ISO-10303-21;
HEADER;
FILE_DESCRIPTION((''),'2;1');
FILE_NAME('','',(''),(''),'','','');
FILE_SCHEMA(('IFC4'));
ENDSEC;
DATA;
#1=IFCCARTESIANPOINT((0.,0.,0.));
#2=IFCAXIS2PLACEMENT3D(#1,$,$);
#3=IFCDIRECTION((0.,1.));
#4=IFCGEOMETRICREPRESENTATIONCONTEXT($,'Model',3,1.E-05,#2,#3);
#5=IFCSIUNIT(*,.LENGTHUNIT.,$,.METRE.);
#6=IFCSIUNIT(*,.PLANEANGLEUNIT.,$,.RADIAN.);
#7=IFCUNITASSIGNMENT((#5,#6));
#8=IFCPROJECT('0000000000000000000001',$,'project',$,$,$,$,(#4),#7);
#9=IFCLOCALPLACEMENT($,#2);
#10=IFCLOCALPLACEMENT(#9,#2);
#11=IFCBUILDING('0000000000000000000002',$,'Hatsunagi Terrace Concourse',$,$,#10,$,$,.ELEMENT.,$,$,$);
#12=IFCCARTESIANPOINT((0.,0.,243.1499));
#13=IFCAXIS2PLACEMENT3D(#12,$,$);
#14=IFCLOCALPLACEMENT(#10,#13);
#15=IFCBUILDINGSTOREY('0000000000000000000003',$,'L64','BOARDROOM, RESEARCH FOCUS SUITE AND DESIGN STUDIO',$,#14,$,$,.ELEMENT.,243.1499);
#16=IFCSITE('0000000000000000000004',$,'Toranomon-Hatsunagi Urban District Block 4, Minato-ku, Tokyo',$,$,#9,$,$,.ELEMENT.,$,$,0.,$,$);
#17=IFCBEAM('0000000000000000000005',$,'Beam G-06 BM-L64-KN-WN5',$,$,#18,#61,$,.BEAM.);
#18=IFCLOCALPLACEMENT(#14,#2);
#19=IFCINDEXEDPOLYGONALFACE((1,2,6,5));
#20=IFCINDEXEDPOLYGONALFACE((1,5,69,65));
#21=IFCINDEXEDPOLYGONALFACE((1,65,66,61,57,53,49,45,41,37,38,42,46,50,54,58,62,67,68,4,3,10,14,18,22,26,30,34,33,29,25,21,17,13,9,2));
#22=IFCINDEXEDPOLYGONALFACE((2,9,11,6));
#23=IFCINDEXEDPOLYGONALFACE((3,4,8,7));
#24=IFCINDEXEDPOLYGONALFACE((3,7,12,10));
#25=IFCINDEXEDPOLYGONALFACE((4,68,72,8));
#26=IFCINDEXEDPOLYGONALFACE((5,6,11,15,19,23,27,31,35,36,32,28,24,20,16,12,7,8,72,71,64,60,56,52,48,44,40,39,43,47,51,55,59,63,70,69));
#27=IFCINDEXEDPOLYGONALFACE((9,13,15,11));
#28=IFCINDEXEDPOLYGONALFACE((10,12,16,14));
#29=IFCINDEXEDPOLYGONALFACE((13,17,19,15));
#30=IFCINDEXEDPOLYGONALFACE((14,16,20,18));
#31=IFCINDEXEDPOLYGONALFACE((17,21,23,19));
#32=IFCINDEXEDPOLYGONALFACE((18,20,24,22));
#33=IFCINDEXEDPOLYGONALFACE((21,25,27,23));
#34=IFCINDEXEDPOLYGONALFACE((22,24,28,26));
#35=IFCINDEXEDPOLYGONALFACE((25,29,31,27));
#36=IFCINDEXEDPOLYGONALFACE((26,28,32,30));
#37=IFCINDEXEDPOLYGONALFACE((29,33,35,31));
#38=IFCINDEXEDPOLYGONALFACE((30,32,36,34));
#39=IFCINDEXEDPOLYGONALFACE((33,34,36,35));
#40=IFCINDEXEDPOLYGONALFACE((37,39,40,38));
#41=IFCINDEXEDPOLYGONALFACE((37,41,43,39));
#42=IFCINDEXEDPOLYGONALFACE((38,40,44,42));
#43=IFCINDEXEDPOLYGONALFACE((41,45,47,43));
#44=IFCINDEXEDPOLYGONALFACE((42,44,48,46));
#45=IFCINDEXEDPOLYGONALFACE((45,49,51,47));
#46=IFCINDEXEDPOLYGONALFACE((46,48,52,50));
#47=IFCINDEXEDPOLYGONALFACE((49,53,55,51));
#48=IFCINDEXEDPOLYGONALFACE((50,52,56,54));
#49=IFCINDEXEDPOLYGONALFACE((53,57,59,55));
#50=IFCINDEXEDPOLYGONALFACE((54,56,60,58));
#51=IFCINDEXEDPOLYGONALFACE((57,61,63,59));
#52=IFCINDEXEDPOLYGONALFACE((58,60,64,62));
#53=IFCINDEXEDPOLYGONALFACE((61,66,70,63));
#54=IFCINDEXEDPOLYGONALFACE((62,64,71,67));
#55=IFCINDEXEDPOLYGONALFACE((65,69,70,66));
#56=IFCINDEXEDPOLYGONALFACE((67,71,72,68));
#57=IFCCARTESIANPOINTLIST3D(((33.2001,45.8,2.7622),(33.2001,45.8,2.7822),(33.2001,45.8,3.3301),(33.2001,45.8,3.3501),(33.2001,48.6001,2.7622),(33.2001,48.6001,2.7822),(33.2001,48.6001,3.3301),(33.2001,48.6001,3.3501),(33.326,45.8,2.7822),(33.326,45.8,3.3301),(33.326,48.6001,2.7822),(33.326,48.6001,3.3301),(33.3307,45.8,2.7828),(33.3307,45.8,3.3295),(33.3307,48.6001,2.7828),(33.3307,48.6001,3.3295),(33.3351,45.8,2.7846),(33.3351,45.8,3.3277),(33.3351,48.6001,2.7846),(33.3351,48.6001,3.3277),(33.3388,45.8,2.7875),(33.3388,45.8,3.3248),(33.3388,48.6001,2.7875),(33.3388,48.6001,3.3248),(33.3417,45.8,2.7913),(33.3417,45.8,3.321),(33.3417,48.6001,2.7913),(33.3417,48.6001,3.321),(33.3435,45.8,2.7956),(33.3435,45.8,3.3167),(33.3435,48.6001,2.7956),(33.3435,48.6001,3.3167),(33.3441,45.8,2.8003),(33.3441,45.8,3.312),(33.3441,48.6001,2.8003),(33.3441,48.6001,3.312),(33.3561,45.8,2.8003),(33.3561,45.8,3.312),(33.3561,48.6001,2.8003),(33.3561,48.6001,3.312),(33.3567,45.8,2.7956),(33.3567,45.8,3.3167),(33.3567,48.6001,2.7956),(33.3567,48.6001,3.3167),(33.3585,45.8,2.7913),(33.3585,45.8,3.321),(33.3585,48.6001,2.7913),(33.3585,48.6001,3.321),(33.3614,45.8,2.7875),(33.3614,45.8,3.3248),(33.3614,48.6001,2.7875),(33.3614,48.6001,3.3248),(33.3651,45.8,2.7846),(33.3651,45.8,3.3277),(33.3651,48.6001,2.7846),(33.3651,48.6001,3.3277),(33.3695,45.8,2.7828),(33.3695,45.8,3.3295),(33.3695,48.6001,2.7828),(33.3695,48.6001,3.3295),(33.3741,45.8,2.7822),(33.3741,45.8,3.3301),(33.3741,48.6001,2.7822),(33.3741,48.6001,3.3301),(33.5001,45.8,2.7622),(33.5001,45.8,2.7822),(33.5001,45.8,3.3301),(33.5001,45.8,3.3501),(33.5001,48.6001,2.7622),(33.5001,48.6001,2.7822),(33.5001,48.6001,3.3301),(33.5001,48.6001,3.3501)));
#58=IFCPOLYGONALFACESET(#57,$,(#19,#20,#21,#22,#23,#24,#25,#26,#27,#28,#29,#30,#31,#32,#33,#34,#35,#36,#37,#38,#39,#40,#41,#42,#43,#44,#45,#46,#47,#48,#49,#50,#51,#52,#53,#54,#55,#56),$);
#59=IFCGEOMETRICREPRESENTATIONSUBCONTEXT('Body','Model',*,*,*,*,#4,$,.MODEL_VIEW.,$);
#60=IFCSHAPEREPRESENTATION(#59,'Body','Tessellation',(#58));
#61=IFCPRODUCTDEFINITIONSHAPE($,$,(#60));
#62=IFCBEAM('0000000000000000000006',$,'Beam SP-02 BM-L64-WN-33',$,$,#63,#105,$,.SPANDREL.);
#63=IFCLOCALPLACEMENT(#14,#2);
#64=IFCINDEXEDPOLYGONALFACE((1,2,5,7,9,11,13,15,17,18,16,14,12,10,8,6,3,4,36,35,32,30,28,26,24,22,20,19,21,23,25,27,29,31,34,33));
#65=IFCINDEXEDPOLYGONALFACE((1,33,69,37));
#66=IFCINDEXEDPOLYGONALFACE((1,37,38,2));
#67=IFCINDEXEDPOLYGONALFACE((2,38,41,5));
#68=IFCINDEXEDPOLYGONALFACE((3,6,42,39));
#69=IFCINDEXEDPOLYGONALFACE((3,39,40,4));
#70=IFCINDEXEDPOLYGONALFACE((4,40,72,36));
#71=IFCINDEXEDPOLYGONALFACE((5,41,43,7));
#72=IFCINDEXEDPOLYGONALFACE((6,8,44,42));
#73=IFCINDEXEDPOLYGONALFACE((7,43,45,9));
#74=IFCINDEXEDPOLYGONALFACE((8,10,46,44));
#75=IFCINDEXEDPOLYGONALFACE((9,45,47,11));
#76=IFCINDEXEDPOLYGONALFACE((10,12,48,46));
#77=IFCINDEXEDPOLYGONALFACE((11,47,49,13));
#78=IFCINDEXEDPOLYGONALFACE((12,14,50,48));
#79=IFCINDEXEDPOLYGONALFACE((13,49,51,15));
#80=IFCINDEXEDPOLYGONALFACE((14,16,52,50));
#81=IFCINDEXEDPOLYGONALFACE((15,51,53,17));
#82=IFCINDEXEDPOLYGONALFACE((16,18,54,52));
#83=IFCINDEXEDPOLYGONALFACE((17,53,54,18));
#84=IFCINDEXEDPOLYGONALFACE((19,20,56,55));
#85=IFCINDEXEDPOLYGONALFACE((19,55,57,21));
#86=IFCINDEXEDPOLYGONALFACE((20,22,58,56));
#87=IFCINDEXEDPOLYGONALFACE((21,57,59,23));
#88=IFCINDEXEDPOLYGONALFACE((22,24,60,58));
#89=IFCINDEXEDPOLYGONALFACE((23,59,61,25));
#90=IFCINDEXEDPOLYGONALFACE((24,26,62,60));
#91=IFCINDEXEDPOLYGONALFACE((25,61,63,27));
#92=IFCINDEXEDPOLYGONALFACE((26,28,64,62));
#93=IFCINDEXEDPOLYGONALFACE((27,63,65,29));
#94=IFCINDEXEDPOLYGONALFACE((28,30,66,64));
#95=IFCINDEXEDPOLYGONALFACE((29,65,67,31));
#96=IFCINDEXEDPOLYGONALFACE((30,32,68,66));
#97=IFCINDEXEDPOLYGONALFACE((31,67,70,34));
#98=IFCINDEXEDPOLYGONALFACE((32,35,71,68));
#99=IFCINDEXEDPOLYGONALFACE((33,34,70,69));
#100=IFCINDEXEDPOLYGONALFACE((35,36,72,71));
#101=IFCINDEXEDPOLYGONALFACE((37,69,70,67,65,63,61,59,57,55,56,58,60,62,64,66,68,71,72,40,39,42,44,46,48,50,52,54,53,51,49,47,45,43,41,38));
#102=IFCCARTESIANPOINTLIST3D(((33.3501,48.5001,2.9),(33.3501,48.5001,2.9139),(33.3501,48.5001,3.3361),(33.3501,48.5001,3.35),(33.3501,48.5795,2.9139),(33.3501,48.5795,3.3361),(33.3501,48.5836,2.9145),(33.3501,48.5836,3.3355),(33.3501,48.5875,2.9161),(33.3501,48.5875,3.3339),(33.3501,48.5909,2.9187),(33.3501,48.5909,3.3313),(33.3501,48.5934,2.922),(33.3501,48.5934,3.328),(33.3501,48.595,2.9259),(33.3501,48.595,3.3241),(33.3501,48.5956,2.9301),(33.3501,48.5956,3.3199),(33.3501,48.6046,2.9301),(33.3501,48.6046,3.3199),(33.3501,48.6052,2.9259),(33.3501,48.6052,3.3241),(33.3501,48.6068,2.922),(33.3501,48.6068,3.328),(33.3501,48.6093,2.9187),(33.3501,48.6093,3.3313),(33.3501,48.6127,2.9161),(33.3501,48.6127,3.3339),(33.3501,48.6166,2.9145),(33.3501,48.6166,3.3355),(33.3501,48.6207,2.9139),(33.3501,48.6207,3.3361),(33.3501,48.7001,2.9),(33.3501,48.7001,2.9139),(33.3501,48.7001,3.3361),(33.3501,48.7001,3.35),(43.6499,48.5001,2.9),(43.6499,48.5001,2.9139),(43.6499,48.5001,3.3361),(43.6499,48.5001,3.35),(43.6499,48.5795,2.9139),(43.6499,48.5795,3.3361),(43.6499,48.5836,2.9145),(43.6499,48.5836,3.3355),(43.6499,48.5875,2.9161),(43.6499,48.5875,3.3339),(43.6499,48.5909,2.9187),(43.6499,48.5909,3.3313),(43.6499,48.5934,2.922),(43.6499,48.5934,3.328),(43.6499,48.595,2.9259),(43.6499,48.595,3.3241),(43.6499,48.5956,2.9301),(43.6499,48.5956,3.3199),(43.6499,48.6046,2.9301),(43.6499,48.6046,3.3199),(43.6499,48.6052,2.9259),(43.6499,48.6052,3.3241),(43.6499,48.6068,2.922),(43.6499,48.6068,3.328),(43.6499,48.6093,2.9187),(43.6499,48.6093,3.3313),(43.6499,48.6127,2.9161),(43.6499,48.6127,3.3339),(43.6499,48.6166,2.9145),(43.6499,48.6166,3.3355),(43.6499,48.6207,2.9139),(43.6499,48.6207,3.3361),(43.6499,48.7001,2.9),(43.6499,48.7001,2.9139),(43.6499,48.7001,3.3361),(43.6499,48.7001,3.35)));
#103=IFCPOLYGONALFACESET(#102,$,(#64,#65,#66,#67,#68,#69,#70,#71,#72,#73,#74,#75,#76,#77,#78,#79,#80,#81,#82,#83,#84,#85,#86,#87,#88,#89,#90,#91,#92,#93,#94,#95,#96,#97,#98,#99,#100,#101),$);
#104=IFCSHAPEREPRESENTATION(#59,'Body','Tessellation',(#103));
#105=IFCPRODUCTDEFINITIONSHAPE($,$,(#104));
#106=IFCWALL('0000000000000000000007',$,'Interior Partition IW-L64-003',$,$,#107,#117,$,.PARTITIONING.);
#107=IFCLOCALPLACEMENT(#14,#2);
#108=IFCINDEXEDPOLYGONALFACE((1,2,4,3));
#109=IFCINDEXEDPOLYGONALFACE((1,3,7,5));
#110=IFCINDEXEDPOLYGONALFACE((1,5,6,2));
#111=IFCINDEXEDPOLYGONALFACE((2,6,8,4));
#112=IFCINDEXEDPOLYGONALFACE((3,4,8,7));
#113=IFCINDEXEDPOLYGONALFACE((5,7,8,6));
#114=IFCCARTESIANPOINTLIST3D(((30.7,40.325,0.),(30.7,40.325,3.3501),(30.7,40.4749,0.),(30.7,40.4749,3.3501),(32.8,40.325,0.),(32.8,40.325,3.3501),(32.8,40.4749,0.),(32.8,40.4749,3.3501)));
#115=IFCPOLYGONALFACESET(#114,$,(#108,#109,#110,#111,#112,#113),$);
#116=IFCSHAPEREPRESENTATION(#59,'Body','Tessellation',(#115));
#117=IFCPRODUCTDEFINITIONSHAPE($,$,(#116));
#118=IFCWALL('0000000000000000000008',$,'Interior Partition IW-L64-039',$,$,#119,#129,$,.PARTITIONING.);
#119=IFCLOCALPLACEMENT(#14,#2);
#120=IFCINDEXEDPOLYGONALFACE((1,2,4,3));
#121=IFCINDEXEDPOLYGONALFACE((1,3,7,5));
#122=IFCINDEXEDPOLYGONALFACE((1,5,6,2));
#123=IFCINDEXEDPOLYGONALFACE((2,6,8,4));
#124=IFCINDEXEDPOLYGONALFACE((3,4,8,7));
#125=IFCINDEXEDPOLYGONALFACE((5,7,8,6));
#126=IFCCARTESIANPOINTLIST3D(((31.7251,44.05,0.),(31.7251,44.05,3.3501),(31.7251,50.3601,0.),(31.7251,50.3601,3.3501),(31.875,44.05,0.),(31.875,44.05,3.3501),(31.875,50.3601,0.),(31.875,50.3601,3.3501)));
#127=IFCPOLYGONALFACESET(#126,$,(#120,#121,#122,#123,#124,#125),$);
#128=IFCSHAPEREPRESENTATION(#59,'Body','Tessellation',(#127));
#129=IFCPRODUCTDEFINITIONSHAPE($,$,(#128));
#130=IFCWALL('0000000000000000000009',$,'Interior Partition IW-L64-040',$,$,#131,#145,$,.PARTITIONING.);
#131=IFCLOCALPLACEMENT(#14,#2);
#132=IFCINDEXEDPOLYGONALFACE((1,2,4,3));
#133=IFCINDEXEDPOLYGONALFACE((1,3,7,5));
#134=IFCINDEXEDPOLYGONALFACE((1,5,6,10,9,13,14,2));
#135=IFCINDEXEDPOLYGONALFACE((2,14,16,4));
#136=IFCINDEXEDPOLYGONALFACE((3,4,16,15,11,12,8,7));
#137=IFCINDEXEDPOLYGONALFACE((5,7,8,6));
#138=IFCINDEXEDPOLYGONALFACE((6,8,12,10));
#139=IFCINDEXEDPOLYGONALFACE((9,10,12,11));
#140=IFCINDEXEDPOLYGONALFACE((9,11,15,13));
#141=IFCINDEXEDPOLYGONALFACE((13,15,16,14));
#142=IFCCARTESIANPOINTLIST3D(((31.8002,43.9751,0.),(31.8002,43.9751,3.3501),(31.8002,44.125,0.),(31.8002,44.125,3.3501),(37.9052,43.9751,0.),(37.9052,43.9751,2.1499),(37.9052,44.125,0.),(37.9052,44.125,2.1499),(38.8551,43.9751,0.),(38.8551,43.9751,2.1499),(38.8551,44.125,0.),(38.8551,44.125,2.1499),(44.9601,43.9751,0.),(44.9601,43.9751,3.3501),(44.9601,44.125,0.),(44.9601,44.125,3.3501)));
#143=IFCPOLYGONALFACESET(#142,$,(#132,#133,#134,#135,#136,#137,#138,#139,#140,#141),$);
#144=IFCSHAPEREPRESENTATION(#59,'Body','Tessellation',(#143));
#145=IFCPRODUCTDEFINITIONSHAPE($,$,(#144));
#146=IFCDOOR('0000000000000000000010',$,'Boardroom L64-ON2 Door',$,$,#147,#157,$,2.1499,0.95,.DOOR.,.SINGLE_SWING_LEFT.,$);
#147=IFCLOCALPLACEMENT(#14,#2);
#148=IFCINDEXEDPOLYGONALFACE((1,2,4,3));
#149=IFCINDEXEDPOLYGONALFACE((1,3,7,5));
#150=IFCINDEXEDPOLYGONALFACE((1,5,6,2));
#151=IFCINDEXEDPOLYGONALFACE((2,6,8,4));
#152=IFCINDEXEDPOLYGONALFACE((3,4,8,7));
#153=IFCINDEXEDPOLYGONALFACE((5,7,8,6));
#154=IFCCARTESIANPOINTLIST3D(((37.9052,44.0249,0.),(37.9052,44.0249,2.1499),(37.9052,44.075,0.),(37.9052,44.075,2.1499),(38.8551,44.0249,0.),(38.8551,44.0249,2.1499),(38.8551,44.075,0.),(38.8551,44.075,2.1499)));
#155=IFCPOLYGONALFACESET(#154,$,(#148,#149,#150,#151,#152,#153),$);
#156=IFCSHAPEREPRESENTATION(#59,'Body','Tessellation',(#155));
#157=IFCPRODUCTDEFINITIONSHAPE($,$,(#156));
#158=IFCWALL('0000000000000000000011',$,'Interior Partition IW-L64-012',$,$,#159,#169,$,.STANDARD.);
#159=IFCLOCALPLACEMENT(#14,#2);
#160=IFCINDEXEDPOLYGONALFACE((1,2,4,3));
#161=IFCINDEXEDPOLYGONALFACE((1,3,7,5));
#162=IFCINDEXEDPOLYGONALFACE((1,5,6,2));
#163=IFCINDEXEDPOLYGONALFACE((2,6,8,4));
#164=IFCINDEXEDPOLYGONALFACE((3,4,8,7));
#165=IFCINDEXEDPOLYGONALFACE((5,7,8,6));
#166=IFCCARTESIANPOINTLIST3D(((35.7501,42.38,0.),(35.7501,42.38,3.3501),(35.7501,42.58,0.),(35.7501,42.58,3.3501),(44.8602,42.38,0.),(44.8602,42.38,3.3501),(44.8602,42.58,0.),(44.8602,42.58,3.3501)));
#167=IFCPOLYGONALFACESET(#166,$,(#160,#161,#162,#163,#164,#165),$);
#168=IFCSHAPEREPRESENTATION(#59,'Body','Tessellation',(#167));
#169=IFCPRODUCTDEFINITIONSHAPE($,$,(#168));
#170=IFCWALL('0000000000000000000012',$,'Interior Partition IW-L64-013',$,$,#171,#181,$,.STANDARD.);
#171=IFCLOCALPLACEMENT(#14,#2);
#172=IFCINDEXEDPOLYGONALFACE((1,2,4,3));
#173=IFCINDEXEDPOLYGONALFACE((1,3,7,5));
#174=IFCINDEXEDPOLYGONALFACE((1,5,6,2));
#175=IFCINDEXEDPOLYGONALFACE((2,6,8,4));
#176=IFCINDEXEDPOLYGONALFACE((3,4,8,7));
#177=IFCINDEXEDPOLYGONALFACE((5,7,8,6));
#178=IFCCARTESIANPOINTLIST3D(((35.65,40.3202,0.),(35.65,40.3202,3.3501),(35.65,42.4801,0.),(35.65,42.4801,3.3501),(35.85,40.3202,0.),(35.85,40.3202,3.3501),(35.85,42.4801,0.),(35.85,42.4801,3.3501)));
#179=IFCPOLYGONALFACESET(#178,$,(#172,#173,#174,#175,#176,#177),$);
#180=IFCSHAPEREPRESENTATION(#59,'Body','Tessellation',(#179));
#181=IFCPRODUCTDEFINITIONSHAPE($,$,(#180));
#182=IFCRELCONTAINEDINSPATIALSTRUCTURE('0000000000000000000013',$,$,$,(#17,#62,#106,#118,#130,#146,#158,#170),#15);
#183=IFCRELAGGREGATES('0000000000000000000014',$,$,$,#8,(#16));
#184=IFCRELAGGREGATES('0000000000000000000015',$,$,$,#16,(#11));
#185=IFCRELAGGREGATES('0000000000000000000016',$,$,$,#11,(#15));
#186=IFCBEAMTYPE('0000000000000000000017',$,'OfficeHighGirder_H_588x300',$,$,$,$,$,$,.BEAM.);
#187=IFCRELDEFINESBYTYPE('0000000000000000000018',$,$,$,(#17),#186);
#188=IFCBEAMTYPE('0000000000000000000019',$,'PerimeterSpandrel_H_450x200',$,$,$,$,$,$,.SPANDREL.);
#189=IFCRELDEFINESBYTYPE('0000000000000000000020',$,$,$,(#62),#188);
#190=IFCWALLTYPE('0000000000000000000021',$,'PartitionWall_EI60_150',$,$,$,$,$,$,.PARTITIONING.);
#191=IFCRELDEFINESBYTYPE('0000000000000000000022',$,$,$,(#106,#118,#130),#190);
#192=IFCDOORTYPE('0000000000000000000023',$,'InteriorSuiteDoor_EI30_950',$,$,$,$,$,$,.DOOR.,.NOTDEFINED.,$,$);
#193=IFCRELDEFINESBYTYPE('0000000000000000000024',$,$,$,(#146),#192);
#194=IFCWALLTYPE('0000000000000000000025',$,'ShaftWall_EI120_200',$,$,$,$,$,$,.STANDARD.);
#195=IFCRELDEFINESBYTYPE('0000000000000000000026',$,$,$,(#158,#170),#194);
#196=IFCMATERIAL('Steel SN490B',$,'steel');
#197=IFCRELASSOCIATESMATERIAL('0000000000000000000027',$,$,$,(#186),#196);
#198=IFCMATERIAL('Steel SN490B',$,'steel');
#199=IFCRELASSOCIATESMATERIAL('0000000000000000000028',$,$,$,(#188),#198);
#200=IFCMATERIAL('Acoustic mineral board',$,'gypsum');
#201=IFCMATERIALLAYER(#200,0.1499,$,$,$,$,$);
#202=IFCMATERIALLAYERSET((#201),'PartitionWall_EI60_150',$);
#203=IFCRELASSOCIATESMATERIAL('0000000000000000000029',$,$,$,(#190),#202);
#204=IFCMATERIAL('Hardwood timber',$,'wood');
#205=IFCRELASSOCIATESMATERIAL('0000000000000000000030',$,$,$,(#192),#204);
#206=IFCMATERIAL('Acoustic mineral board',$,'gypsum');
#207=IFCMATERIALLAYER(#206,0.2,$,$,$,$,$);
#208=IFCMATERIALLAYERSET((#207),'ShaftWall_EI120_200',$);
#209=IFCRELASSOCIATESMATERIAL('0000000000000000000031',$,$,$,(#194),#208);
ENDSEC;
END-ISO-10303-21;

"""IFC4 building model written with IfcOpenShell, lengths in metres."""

from ifc_helpers import new_model, si_unit, direction, frame, frame_2d, origin, origin_2d, place, context, subcontext, project, spatial, rectangle, i_section, extrude, material, layer, layer_set, material_profile, profile_set, type_object, element, fill, save


model = new_model("IFC4")

# Units and contexts
model_context = context("Model", 3, precision=1e-05, world=origin(), true_north=direction((0.0, 1.0)))
body_context = subcontext(model_context, "Body", "Model", "MODEL_VIEW")
ifc_project = project(units=[si_unit("LENGTHUNIT", "METRE"), si_unit("PLANEANGLEUNIT", "RADIAN")], contexts=[model_context])

# Site, building, storey
site_placement = place(None, origin())
site = spatial("IfcSite", under=ifc_project, at=site_placement, Name="Toranomon-Hatsunagi Urban District Block 4, Minato-ku, Tokyo", CompositionType="ELEMENT", RefElevation=0.0)
building_placement = place(site_placement, origin())
building = spatial("IfcBuilding", under=site, at=building_placement, Name="Hatsunagi Terrace Concourse", CompositionType="ELEMENT")
storey_placement = place(building_placement, frame((0.0, 0.0, 243.1499)))
storey = spatial("IfcBuildingStorey", under=building, at=storey_placement, Name="L64", Description="BOARDROOM, RESEARCH FOCUS SUITE AND DESIGN STUDIO", CompositionType="ELEMENT", Elevation=243.1499)

# Beams
ifc_material_1 = material(Name="Steel SN490B", Category="steel")
ifc_material_profile_1 = material_profile(ifc_material_1, i_section(OverallWidth=0.3, OverallDepth=0.5879, WebThickness=0.012, FlangeThickness=0.02, FilletRadius=0.0181, at=origin_2d()), Name="H-588x300x12x20")
ifc_profile_set_1 = profile_set([ifc_material_profile_1], Name="Steel SN490B")
beam_type_1 = type_object("IfcBeamType", Name="OfficeHighGirder_H_588x300", PredefinedType="BEAM", material=ifc_profile_set_1)
beam_1_placement = place(storey_placement, frame((33.3501, 45.8, 3.0562), z_axis=(0.0, 1.0, 0.0), x_axis=(-1.0, 0.0, 0.0)))
element("IfcBeam", 1, at=beam_1_placement, inside=storey, type_object=beam_type_1, Name="Beam G-06 BM-L64-KN-WN5", PredefinedType="BEAM", context=body_context, shape_type="SweptSolid", body=[
    extrude(i_section(OverallWidth=0.3, OverallDepth=0.5879, WebThickness=0.012, FlangeThickness=0.02, FilletRadius=0.0181, at=origin_2d()), origin(), (0.0, 0.0, 1.0), 2.8),
])
ifc_material_2 = material(Name="Steel SN490B", Category="steel")
ifc_material_profile_2 = material_profile(ifc_material_2, i_section(OverallWidth=0.2, OverallDepth=0.45, WebThickness=0.009, FlangeThickness=0.0139, FilletRadius=0.0161, at=origin_2d()), Name="H-450x200x9x14")
ifc_profile_set_2 = profile_set([ifc_material_profile_2], Name="Steel SN490B")
beam_type_2 = type_object("IfcBeamType", Name="PerimeterSpandrel_H_450x200", PredefinedType="SPANDREL", material=ifc_profile_set_2)
beam_2_placement = place(storey_placement, frame((33.3501, 48.6001, 3.125), z_axis=(1.0, 0.0, 0.0), x_axis=(0.0, 1.0, 0.0)))
element("IfcBeam", 2, at=beam_2_placement, inside=storey, type_object=beam_type_2, Name="Beam SP-02 BM-L64-WN-33", PredefinedType="SPANDREL", context=body_context, shape_type="SweptSolid", body=[
    extrude(i_section(OverallWidth=0.2, OverallDepth=0.45, WebThickness=0.009, FlangeThickness=0.0139, FilletRadius=0.0161, at=origin_2d()), origin(), (0.0, 0.0, 1.0), 10.2998),
])

# Walls
ifc_material_3 = material(Name="Acoustic mineral board", Category="gypsum")
ifc_layer_1 = layer(ifc_material_3, 0.1499)
ifc_layer_set_1 = layer_set([ifc_layer_1], Name="PartitionWall_EI60_150")
wall_type_1 = type_object("IfcWallType", Name="PartitionWall_EI60_150", PredefinedType="PARTITIONING", material=ifc_layer_set_1)
wall_1_placement = place(storey_placement, frame((30.7, 40.3999, 0.0), z_axis=(0.0, 0.0, 1.0), x_axis=(1.0, 0.0, 0.0)))
element("IfcWall", 3, at=wall_1_placement, inside=storey, type_object=wall_type_1, Name="Interior Partition IW-L64-003", PredefinedType="PARTITIONING", context=body_context, shape_type="SweptSolid", body=[
    extrude(rectangle(XDim=2.1001, YDim=0.1499, at=frame_2d((1.05, 0.0))), origin(), (0.0, 0.0, 1.0), 3.3501),
])
wall_2_placement = place(storey_placement, frame((31.8, 44.05, 0.0), z_axis=(0.0, 0.0, 1.0), x_axis=(0.0, 1.0, 0.0)))
element("IfcWall", 4, at=wall_2_placement, inside=storey, type_object=wall_type_1, Name="Interior Partition IW-L64-039", PredefinedType="PARTITIONING", context=body_context, shape_type="SweptSolid", body=[
    extrude(rectangle(XDim=6.3101, YDim=0.1499, at=frame_2d((3.155, 0.0))), origin(), (0.0, 0.0, 1.0), 3.3501),
])

# Wall, opening, door
wall_3_placement = place(storey_placement, frame((31.8, 44.05, 0.0), z_axis=(0.0, 0.0, 1.0), x_axis=(1.0, 0.0, 0.0)))
wall_3 = element("IfcWall", 5, at=wall_3_placement, inside=storey, type_object=wall_type_1, Name="Interior Partition IW-L64-040", PredefinedType="PARTITIONING", context=body_context, shape_type="SweptSolid", body=[
    extrude(rectangle(XDim=13.1599, YDim=0.1499, at=frame_2d((6.5801, 0.0))), origin(), (0.0, 0.0, 1.0), 3.3501),
])
opening_1_placement = place(wall_3_placement, frame((6.105, 0.0, 0.0)))
opening_1 = element("IfcOpeningElement", 6, at=opening_1_placement, cuts=wall_3, PredefinedType="OPENING", context=body_context, shape_type="SweptSolid", body=[
    extrude(rectangle(XDim=0.95, YDim=2.1499, at=frame_2d((0.4751, 1.075))), frame((0.0, 0.085, 0.0), z_axis=(0.0, -1.0, 0.0), x_axis=(1.0, 0.0, 0.0)), (0.0, 0.0, 1.0), 0.1699),
])
ifc_material_4 = material(Name="Hardwood timber", Category="wood")
door_type_1 = type_object("IfcDoorType", Name="InteriorSuiteDoor_EI30_950", OperationType="NOTDEFINED", PredefinedType="DOOR", material=ifc_material_4)
door_1_placement = place(opening_1_placement, origin())
door_1 = element("IfcDoor", 7, at=door_1_placement, inside=storey, type_object=door_type_1, Name="Boardroom L64-ON2 Door", OperationType="SINGLE_SWING_LEFT", OverallHeight=2.1499, OverallWidth=0.95, PredefinedType="DOOR", context=body_context, shape_type="SweptSolid", body=[
    extrude(rectangle(XDim=0.95, YDim=2.1499, at=frame_2d((0.4751, 1.075))), frame((0.0, 0.0249, 0.0), z_axis=(0.0, -1.0, 0.0), x_axis=(1.0, 0.0, 0.0)), (0.0, 0.0, 1.0), 0.05),
])
fill(opening_1, door_1)

# Walls
ifc_material_5 = material(Name="Acoustic mineral board", Category="gypsum")
ifc_layer_2 = layer(ifc_material_5, 0.2)
ifc_layer_set_2 = layer_set([ifc_layer_2], Name="ShaftWall_EI120_200")
wall_type_2 = type_object("IfcWallType", Name="ShaftWall_EI120_200", PredefinedType="STANDARD", material=ifc_layer_set_2)
wall_4_placement = place(storey_placement, frame((35.75, 42.48, 0.0), z_axis=(0.0, 0.0, 1.0), x_axis=(1.0, 0.0, 0.0)))
element("IfcWall", 8, at=wall_4_placement, inside=storey, type_object=wall_type_2, Name="Interior Partition IW-L64-012", PredefinedType="STANDARD", context=body_context, shape_type="SweptSolid", body=[
    extrude(rectangle(XDim=9.1101, YDim=0.2, at=frame_2d((4.5552, 0.0))), origin(), (0.0, 0.0, 1.0), 3.3501),
])
for number, where, z_axis, x_axis, name in (
    (9, (35.75, 40.3201, 0.0), (0.0, 0.0, 1.0), (0.0, 1.0, 0.0), "Interior Partition IW-L64-013"),
):
    element("IfcWall", number, at=place(storey_placement, frame(where, z_axis=z_axis, x_axis=x_axis)), inside=storey, type_object=wall_type_2, Name=name, PredefinedType="STANDARD", context=body_context, shape_type="SweptSolid", body=[
        extrude(rectangle(XDim=2.1599, YDim=0.2, at=frame_2d((1.0801, 0.0))), origin(), (0.0, 0.0, 1.0), 3.3501),
    ])

save(model, "model.ifc")
